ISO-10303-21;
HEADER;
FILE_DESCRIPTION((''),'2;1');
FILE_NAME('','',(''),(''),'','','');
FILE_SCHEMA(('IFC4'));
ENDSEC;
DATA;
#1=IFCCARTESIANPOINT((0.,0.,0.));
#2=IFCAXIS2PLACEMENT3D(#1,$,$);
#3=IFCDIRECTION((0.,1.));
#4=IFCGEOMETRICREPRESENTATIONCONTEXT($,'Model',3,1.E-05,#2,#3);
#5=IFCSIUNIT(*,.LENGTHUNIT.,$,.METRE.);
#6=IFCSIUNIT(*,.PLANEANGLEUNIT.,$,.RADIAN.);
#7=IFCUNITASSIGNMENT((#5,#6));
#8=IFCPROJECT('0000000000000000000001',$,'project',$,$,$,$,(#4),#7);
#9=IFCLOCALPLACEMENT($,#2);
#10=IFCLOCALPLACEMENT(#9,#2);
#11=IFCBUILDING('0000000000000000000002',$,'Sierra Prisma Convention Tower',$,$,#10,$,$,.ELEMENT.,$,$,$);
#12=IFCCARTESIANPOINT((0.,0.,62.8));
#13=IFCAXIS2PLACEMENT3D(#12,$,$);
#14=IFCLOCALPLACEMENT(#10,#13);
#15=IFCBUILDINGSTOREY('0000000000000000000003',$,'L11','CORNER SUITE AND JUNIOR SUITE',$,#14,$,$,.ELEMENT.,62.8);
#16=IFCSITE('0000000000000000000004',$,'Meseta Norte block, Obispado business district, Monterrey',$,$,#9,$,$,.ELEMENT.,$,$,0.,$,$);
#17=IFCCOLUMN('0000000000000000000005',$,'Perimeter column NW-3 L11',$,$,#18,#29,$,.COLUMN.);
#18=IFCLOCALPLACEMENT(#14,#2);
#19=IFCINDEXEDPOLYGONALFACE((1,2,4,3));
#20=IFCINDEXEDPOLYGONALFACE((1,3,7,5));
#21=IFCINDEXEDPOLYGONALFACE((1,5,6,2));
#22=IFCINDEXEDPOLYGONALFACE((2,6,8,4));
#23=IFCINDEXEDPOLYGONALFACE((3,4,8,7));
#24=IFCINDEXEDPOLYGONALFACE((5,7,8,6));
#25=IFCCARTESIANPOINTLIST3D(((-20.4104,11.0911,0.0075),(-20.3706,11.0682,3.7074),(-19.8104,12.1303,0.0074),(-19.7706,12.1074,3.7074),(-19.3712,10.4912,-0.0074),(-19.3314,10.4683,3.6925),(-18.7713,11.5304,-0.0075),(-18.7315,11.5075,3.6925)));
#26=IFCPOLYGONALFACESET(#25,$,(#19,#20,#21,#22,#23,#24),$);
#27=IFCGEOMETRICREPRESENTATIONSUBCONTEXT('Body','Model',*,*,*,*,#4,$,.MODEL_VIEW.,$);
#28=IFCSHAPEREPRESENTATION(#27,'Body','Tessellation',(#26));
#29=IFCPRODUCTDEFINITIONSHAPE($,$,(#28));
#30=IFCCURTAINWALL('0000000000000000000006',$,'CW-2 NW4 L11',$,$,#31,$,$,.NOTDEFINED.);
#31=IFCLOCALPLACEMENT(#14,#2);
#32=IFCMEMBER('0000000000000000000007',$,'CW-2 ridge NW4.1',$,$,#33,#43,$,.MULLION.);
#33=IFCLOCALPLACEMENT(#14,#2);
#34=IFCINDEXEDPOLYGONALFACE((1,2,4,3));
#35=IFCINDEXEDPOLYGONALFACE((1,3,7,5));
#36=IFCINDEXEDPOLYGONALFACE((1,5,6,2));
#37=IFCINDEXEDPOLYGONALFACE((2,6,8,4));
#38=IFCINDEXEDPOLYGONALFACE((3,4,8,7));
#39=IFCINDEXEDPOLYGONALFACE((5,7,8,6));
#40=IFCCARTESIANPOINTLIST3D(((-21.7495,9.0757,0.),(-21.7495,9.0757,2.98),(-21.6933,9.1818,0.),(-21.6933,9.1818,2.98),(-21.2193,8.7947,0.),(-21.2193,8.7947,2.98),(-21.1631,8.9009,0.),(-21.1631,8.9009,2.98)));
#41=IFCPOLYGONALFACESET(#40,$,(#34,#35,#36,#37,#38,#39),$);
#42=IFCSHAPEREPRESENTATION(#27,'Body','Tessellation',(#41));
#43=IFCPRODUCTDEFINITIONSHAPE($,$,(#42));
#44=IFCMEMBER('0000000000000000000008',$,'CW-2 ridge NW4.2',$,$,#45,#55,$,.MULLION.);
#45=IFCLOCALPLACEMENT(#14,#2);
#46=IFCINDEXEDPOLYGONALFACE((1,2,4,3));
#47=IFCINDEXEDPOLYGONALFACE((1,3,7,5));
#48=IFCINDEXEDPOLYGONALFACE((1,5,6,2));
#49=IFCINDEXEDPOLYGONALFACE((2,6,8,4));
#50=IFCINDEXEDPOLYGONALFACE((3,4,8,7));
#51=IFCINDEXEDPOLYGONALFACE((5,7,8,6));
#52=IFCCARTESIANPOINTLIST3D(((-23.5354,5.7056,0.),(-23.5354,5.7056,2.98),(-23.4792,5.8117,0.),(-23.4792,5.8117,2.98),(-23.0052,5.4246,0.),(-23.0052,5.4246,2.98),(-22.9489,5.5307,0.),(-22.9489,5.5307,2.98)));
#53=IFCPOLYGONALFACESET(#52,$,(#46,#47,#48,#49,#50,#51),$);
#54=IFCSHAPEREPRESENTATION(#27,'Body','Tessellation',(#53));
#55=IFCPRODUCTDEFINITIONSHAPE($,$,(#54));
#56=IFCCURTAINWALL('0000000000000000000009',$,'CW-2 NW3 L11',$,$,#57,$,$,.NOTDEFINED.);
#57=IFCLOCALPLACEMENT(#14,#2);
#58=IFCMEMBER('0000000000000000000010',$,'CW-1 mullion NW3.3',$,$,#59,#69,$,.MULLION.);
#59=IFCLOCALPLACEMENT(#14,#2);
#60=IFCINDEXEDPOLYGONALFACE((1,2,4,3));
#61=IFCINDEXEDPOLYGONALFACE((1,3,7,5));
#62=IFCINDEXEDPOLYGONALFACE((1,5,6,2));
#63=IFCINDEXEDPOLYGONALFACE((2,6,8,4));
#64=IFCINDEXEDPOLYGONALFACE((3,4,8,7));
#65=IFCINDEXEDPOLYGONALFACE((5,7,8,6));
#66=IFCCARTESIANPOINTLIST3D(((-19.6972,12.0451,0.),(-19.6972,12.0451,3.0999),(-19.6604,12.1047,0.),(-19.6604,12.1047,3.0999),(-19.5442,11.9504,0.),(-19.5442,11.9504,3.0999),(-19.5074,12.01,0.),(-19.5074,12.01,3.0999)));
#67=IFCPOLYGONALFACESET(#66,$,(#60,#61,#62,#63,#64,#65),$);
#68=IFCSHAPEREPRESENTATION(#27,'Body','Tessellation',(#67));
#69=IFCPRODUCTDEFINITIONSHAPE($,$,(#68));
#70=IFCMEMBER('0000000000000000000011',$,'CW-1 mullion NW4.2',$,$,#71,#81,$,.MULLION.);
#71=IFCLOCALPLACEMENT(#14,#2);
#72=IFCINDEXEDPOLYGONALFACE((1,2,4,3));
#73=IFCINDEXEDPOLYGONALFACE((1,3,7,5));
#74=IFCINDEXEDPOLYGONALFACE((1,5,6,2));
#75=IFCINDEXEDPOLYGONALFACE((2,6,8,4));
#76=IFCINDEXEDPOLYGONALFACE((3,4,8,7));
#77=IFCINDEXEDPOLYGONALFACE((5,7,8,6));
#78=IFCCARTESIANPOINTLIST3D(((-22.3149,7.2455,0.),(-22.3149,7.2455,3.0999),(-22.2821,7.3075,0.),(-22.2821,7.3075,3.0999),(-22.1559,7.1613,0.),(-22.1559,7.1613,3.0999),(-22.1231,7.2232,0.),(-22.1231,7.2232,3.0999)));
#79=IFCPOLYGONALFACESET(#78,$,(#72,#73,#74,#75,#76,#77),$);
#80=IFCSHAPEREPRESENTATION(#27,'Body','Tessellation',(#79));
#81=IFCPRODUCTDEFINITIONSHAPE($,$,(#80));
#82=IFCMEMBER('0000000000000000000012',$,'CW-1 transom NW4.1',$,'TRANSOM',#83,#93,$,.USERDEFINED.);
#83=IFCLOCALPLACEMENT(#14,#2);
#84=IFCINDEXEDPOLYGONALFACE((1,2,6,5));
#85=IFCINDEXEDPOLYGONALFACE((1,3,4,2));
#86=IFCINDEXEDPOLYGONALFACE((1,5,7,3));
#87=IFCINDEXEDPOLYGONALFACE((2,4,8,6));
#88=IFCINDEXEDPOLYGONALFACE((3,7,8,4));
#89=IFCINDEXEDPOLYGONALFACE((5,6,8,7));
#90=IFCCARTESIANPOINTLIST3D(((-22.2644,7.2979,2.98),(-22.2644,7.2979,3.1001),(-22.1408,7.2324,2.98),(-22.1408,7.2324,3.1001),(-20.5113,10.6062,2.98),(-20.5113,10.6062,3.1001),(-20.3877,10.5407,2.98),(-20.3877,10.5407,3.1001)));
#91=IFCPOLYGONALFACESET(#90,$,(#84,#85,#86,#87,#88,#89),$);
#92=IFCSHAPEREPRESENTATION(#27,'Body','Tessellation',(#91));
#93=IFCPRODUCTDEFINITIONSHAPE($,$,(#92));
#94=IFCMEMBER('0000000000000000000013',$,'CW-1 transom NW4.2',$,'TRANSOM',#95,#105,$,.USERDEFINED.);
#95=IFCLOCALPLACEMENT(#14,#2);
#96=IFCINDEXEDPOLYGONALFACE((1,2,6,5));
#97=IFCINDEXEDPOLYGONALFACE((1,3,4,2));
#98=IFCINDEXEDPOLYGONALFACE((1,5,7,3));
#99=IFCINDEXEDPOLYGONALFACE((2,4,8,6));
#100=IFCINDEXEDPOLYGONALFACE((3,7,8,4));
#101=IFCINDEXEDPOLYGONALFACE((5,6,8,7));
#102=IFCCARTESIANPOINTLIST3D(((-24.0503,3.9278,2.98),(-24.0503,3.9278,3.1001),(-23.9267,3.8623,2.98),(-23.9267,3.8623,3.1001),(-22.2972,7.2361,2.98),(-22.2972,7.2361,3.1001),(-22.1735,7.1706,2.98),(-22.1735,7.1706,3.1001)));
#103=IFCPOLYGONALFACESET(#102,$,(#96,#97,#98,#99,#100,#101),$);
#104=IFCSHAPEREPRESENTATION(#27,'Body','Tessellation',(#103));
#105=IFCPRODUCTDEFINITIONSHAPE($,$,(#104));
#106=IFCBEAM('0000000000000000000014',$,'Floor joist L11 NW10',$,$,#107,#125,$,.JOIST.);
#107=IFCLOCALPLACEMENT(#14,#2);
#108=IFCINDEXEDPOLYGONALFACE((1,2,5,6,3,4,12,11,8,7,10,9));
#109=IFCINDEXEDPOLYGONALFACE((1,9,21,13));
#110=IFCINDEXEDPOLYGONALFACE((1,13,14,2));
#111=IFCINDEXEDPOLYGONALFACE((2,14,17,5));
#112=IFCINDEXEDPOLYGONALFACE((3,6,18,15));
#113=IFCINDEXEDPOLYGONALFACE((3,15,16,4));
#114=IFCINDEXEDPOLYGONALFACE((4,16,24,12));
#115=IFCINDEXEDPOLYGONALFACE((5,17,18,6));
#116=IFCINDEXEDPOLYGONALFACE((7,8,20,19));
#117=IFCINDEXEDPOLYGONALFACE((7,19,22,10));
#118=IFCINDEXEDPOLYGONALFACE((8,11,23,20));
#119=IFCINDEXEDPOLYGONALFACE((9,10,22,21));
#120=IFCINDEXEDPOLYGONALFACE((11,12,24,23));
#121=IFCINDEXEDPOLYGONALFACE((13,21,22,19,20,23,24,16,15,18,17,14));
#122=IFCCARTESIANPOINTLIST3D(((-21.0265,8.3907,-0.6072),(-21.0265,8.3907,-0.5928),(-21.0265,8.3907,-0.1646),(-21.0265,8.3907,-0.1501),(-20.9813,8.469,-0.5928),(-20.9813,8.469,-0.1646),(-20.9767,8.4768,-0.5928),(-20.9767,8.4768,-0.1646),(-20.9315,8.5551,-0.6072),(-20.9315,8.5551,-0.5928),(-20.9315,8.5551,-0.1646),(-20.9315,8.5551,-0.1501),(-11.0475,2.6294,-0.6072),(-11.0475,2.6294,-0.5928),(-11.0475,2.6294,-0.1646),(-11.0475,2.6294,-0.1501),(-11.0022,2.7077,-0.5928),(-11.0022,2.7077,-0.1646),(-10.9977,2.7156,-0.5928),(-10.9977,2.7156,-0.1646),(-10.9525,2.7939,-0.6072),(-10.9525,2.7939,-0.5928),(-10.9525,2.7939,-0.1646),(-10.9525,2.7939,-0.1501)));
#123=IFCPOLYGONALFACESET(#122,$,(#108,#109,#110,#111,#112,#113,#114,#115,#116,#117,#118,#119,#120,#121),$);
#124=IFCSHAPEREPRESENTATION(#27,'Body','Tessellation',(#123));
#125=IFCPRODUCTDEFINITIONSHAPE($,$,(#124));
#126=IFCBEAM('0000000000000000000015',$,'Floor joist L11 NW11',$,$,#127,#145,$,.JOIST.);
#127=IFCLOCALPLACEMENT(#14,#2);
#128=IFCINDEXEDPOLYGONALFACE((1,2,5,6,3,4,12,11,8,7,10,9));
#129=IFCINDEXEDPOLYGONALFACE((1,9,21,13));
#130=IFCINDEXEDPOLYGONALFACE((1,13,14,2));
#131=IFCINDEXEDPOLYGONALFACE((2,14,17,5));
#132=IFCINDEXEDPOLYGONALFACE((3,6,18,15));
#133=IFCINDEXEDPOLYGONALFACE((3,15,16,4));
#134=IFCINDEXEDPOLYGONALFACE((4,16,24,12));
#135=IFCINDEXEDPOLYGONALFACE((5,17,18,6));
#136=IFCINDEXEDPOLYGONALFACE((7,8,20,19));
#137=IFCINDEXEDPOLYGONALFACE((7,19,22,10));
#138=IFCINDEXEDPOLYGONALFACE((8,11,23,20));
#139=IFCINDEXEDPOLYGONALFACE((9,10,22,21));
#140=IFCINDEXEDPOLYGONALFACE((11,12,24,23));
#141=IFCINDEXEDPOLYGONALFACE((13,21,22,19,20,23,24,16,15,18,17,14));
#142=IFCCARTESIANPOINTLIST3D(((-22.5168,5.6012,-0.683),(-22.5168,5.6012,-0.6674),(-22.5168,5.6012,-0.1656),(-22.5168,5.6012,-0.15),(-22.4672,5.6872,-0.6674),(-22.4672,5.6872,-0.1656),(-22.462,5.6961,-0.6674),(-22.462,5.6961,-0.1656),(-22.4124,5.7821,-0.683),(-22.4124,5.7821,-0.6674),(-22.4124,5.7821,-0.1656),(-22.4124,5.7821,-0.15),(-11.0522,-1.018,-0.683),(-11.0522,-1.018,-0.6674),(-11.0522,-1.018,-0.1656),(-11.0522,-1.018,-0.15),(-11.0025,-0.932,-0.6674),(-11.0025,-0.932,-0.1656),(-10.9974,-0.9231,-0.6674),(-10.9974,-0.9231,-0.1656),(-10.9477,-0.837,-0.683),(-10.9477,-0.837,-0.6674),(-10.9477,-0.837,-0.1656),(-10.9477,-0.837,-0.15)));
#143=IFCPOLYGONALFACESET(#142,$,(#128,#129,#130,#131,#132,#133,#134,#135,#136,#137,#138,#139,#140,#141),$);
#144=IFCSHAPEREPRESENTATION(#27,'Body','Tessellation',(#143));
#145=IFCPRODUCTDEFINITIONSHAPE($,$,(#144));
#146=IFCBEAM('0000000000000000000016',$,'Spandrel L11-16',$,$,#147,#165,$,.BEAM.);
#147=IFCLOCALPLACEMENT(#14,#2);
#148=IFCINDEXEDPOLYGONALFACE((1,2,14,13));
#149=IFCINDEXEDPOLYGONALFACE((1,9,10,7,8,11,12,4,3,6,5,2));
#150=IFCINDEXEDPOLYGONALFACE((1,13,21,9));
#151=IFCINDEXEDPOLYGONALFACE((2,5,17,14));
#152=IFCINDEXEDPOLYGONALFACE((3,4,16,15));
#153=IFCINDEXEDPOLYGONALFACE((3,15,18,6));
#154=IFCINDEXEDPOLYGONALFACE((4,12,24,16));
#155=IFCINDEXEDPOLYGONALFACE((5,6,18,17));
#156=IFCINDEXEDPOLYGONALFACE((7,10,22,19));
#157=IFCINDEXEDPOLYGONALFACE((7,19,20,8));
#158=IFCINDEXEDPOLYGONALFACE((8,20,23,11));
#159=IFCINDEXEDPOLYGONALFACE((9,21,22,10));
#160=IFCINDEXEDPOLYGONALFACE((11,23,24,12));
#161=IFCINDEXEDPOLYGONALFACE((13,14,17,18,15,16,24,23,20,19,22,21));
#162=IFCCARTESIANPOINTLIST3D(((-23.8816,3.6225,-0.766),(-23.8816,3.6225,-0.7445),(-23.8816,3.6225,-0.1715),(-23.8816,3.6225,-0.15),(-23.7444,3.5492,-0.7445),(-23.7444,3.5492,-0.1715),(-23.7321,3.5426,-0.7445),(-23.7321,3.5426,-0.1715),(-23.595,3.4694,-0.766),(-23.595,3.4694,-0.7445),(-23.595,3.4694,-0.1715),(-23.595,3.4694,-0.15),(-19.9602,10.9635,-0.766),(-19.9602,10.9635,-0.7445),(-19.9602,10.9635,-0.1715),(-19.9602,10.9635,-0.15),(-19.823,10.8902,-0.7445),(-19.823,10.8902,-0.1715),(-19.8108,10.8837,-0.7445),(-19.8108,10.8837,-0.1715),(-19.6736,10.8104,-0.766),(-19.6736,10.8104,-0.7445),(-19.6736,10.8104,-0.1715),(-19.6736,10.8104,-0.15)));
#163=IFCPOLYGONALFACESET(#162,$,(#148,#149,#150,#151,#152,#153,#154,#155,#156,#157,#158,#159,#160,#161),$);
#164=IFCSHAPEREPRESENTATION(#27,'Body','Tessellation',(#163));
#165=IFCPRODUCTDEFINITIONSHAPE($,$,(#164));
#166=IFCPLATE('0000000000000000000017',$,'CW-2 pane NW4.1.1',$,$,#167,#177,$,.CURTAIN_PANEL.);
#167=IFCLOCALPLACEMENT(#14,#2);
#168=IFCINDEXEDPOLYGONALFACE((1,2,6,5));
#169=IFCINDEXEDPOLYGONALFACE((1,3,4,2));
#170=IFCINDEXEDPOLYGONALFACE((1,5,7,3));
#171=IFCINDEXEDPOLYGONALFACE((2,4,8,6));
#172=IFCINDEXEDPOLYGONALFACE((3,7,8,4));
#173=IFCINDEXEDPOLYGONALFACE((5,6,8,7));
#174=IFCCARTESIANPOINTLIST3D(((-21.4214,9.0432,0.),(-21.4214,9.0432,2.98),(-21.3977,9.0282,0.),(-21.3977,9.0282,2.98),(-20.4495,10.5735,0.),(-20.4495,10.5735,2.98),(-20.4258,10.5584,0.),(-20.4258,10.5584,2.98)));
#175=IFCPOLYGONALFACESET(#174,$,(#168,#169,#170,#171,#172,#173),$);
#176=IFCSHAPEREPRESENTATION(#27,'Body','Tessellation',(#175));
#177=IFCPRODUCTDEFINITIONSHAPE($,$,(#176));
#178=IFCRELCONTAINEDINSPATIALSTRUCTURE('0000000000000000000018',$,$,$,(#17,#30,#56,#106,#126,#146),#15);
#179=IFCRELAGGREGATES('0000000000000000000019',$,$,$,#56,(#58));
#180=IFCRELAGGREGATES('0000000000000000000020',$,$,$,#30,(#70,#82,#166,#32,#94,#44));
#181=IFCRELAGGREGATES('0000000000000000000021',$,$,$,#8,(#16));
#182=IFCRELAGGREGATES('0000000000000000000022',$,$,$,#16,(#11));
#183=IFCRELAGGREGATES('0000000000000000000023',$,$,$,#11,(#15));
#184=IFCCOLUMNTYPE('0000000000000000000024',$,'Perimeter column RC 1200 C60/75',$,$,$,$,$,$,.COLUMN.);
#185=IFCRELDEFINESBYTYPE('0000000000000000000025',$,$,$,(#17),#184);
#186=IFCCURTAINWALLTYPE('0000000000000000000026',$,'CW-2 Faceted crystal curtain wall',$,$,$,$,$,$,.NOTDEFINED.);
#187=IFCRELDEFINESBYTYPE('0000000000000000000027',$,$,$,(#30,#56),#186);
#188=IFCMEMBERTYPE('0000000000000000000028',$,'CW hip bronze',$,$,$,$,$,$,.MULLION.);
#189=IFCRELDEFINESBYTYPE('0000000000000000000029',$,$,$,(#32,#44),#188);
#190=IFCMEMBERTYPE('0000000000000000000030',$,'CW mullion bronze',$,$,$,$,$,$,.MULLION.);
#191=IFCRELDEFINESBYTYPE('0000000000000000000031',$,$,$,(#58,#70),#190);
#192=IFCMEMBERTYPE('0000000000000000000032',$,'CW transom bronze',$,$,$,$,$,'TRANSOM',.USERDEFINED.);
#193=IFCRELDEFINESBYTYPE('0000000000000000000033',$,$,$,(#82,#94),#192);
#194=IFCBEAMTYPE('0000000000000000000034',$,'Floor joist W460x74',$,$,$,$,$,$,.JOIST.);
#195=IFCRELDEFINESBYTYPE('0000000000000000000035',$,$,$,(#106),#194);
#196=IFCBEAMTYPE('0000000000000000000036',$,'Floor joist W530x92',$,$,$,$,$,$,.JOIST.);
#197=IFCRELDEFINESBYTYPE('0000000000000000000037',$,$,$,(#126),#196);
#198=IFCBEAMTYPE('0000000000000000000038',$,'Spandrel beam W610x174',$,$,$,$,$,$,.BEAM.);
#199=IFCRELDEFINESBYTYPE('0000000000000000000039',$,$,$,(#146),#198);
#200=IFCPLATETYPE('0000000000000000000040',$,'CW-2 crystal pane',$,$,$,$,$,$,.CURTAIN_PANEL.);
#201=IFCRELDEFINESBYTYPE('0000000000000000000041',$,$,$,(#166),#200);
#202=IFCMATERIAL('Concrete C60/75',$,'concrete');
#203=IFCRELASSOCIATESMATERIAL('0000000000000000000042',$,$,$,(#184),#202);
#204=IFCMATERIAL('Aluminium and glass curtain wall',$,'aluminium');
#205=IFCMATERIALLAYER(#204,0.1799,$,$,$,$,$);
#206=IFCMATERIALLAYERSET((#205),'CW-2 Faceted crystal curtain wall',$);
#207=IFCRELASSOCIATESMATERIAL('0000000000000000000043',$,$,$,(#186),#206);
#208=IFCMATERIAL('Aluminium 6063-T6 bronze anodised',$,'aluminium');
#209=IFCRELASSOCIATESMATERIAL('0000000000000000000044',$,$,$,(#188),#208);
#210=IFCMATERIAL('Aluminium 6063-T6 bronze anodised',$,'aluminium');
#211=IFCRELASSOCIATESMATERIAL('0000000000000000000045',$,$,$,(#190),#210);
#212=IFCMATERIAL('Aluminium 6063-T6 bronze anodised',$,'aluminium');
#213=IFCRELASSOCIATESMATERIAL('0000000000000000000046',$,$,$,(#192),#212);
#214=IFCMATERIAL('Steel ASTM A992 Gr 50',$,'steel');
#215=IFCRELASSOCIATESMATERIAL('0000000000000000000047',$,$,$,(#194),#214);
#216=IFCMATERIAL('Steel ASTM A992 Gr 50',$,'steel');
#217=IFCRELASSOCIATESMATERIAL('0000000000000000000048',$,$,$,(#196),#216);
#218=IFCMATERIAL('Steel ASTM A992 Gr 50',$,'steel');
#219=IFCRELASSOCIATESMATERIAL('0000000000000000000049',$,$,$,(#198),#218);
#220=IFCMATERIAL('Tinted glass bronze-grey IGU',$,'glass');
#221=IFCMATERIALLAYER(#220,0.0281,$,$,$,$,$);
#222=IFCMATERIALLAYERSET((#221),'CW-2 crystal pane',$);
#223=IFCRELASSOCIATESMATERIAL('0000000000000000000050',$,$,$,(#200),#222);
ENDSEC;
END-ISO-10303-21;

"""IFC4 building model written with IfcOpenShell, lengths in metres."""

from ifc_helpers import new_model, si_unit, direction, frame, origin, origin_2d, place, context, subcontext, project, spatial, polyline, rectangle, i_section, outline, extrude, material, layer, layer_set, material_profile, profile_set, type_object, element, aggregate, save


model = new_model("IFC4")

# Units and contexts
model_context = context("Model", 3, precision=1e-05, world=origin(), true_north=direction((0.0, 1.0)))
body_context = subcontext(model_context, "Body", "Model", "MODEL_VIEW")
ifc_project = project(units=[si_unit("LENGTHUNIT", "METRE"), si_unit("PLANEANGLEUNIT", "RADIAN")], contexts=[model_context])

# Site, building, storey
site_placement = place(None, origin())
site = spatial("IfcSite", under=ifc_project, at=site_placement, Name="Meseta Norte block, Obispado business district, Monterrey", CompositionType="ELEMENT", RefElevation=0.0)
building_placement = place(site_placement, origin())
building = spatial("IfcBuilding", under=site, at=building_placement, Name="Sierra Prisma Convention Tower", CompositionType="ELEMENT")
storey_placement = place(building_placement, frame((0.0, 0.0, 62.8)))
storey = spatial("IfcBuildingStorey", under=building, at=storey_placement, Name="L11", Description="CORNER SUITE AND JUNIOR SUITE", CompositionType="ELEMENT", Elevation=62.8)

# Column
ifc_material_1 = material(Name="Concrete C60/75", Category="concrete")
ifc_material_profile_1 = material_profile(ifc_material_1, rectangle(XDim=1.2, YDim=1.2, at=origin_2d()), Name="Perimeter column RC 1200 C60/75")
ifc_profile_set_1 = profile_set([ifc_material_profile_1], Name="Concrete C60/75")
column_type = type_object("IfcColumnType", Name="Perimeter column RC 1200 C60/75", PredefinedType="COLUMN", material=ifc_profile_set_1)
column_placement = place(storey_placement, frame((-19.5908, 11.3108, 0.0), z_axis=(0.010755, -0.006202, 0.999923), x_axis=(0.499971, 0.866042, -0.000006)))
element("IfcColumn", 1, at=column_placement, inside=storey, type_object=column_type, Name="Perimeter column NW-3 L11", PredefinedType="COLUMN", context=body_context, shape_type="SweptSolid", body=[
    extrude(rectangle(XDim=1.2, YDim=1.2, at=origin_2d()), origin(), (0.0, 0.0, 1.0), 3.7002),
])

# Curtain wall, members
ifc_material_2 = material(Name="Aluminium and glass curtain wall", Category="aluminium")
ifc_layer_1 = layer(ifc_material_2, 0.1799)
ifc_layer_set_1 = layer_set([ifc_layer_1], Name="CW-2 Faceted crystal curtain wall")
curtain_wall_type = type_object("IfcCurtainWallType", Name="CW-2 Faceted crystal curtain wall", PredefinedType="NOTDEFINED", material=ifc_layer_set_1)
curtain_wall_1_placement = place(storey_placement, origin())
curtain_wall_1 = element("IfcCurtainWall", 2, at=curtain_wall_1_placement, inside=storey, type_object=curtain_wall_type, Name="CW-2 NW4 L11", PredefinedType="NOTDEFINED")
ifc_material_3 = material(Name="Aluminium 6063-T6 bronze anodised", Category="aluminium")
ifc_material_profile_2 = material_profile(ifc_material_3, rectangle(XDim=0.1201, YDim=0.6001, at=origin_2d()), Name="ALU RIDGE BLADE 120x600")
ifc_profile_set_2 = profile_set([ifc_material_profile_2], Name="Aluminium 6063-T6 bronze anodised")
member_type_1 = type_object("IfcMemberType", Name="CW hip bronze", PredefinedType="MULLION", material=ifc_profile_set_2)
member_1_placement = place(storey_placement, frame((-21.4563, 8.9883, 0.0), z_axis=(0.0, 0.0, 1.0), x_axis=(-0.468233, -0.883605, 0.0)))
member_1 = element("IfcMember", 3, at=member_1_placement, type_object=member_type_1, Name="CW-2 ridge NW4.1", PredefinedType="MULLION", context=body_context, shape_type="SweptSolid", body=[
    extrude(rectangle(XDim=0.1201, YDim=0.6001, at=origin_2d()), origin(), (0.0, 0.0, 1.0), 2.98),
])
member_2_placement = place(storey_placement, frame((-23.2422, 5.6182, 0.0), z_axis=(0.0, 0.0, 1.0), x_axis=(-0.468233, -0.883605, 0.0)))
member_2 = element("IfcMember", 4, at=member_2_placement, type_object=member_type_1, Name="CW-2 ridge NW4.2", PredefinedType="MULLION", context=body_context, shape_type="SweptSolid", body=[
    extrude(rectangle(XDim=0.1201, YDim=0.6001, at=origin_2d()), origin(), (0.0, 0.0, 1.0), 2.98),
])

# Curtain wall, member
curtain_wall_2_placement = place(storey_placement, origin())
curtain_wall_2 = element("IfcCurtainWall", 5, at=curtain_wall_2_placement, inside=storey, type_object=curtain_wall_type, Name="CW-2 NW3 L11", PredefinedType="NOTDEFINED")
ifc_material_4 = material(Name="Aluminium 6063-T6 bronze anodised", Category="aluminium")
ifc_material_profile_3 = material_profile(ifc_material_4, rectangle(XDim=0.1799, YDim=0.0701, at=origin_2d()), Name="ALU MULLION 70x180")
ifc_profile_set_3 = profile_set([ifc_material_profile_3], Name="Aluminium 6063-T6 bronze anodised")
member_type_2 = type_object("IfcMemberType", Name="CW mullion bronze", PredefinedType="MULLION", material=ifc_profile_set_3)
member_3_placement = place(storey_placement, frame((-19.6023, 12.0276, 0.0), z_axis=(0.0, 0.0, 1.0), x_axis=(0.85029, -0.526314, 0.0)))
member_3 = element("IfcMember", 6, at=member_3_placement, type_object=member_type_2, Name="CW-1 mullion NW3.3", PredefinedType="MULLION", context=body_context, shape_type="SweptSolid", body=[
    extrude(rectangle(XDim=0.1799, YDim=0.0701, at=origin_2d()), origin(), (0.0, 0.0, 1.0), 3.0999),
])
aggregate(curtain_wall_2, [member_3])

# Members
member_4_placement = place(storey_placement, frame((-22.219, 7.2344, 0.0), z_axis=(0.0, 0.0, 1.0), x_axis=(0.883605, -0.468233, 0.0)))
member_4 = element("IfcMember", 7, at=member_4_placement, type_object=member_type_2, Name="CW-1 mullion NW4.2", PredefinedType="MULLION", context=body_context, shape_type="SweptSolid", body=[
    extrude(rectangle(XDim=0.1799, YDim=0.0701, at=origin_2d()), origin(), (0.0, 0.0, 1.0), 3.0999),
])
ifc_material_5 = material(Name="Aluminium 6063-T6 bronze anodised", Category="aluminium")
ifc_material_profile_4 = material_profile(ifc_material_5, rectangle(XDim=0.1399, YDim=0.1201, at=origin_2d()), Name="ALU TRANSOM 120x140")
ifc_profile_set_4 = profile_set([ifc_material_profile_4], Name="Aluminium 6063-T6 bronze anodised")
member_type_3 = type_object("IfcMemberType", Name="CW transom bronze", ElementType="TRANSOM", PredefinedType="USERDEFINED", material=ifc_profile_set_4)
member_5_placement = place(storey_placement, frame((-20.4495, 10.5735, 3.04), z_axis=(-0.468241, -0.883601, 0.0), x_axis=(0.883601, -0.468241, 0.0)))
member_5 = element("IfcMember", 8, at=member_5_placement, type_object=member_type_3, Name="CW-1 transom NW4.1", ObjectType="TRANSOM", PredefinedType="USERDEFINED", context=body_context, shape_type="SweptSolid", body=[
    extrude(rectangle(XDim=0.1399, YDim=0.1201, at=origin_2d()), origin(), (0.0, 0.0, 1.0), 3.7441),
])
member_6_placement = place(storey_placement, frame((-22.2354, 7.2034, 3.04), z_axis=(-0.468241, -0.883601, 0.0), x_axis=(0.883601, -0.468241, 0.0)))
member_6 = element("IfcMember", 9, at=member_6_placement, type_object=member_type_3, Name="CW-1 transom NW4.2", ObjectType="TRANSOM", PredefinedType="USERDEFINED", context=body_context, shape_type="SweptSolid", body=[
    extrude(rectangle(XDim=0.1399, YDim=0.1201, at=origin_2d()), origin(), (0.0, 0.0, 1.0), 3.7441),
])

# Beams
ifc_material_6 = material(Name="Steel ASTM A992 Gr 50", Category="steel")
ifc_material_profile_5 = material_profile(ifc_material_6, i_section(OverallWidth=0.1899, OverallDepth=0.457, WebThickness=0.009, FlangeThickness=0.0144, at=origin_2d()), Name="W460x74")
ifc_profile_set_5 = profile_set([ifc_material_profile_5], Name="Steel ASTM A992 Gr 50")
beam_type_1 = type_object("IfcBeamType", Name="Floor joist W460x74", PredefinedType="JOIST", material=ifc_profile_set_5)
beam_1_placement = place(storey_placement, frame((-20.979, 8.4729, -0.3787), z_axis=(0.866031, -0.49999, 0.0), x_axis=(0.49999, 0.866031, 0.0)))
element("IfcBeam", 10, at=beam_1_placement, inside=storey, type_object=beam_type_1, Name="Floor joist L11 NW10", PredefinedType="JOIST", context=body_context, shape_type="SweptSolid", body=[
    extrude(i_section(OverallWidth=0.1899, OverallDepth=0.457, WebThickness=0.009, FlangeThickness=0.0144, at=origin_2d()), origin(), (0.0, 0.0, 1.0), 11.5227),
])
ifc_material_7 = material(Name="Steel ASTM A992 Gr 50", Category="steel")
ifc_material_profile_6 = material_profile(ifc_material_7, i_section(OverallWidth=0.209, OverallDepth=0.533, WebThickness=0.0103, FlangeThickness=0.0156, at=origin_2d()), Name="W530x92")
ifc_profile_set_6 = profile_set([ifc_material_profile_6], Name="Steel ASTM A992 Gr 50")
beam_type_2 = type_object("IfcBeamType", Name="Floor joist W530x92", PredefinedType="JOIST", material=ifc_profile_set_6)
beam_2_placement = place(storey_placement, frame((-22.4646, 5.6917, -0.4165), z_axis=(0.866024, -0.500003, 0.0), x_axis=(0.500003, 0.866024, 0.0)))
element("IfcBeam", 11, at=beam_2_placement, inside=storey, type_object=beam_type_2, Name="Floor joist L11 NW11", PredefinedType="JOIST", context=body_context, shape_type="SweptSolid", body=[
    extrude(i_section(OverallWidth=0.209, OverallDepth=0.533, WebThickness=0.0103, FlangeThickness=0.0156, at=origin_2d()), origin(), (0.0, 0.0, 1.0), 13.2383),
])
ifc_material_8 = material(Name="Steel ASTM A992 Gr 50", Category="steel")
ifc_material_profile_7 = material_profile(ifc_material_8, i_section(OverallWidth=0.325, OverallDepth=0.616, WebThickness=0.0139, FlangeThickness=0.0215, at=origin_2d()), Name="W610x174")
ifc_profile_set_7 = profile_set([ifc_material_profile_7], Name="Steel ASTM A992 Gr 50")
beam_type_3 = type_object("IfcBeamType", Name="Spandrel beam W610x174", PredefinedType="BEAM", material=ifc_profile_set_7)
beam_3_placement = place(storey_placement, frame((-19.8169, 10.887, -0.458), z_axis=(-0.471164, -0.882046, 0.0), x_axis=(0.882046, -0.471164, 0.0)))
element("IfcBeam", 12, at=beam_3_placement, inside=storey, type_object=beam_type_3, Name="Spandrel L11-16", PredefinedType="BEAM", context=body_context, shape_type="SweptSolid", body=[
    extrude(i_section(OverallWidth=0.325, OverallDepth=0.616, WebThickness=0.0139, FlangeThickness=0.0215, at=origin_2d()), origin(), (0.0, 0.0, 1.0), 8.3228),
])

# Plate
ifc_material_9 = material(Name="Tinted glass bronze-grey IGU", Category="glass")
ifc_layer_2 = layer(ifc_material_9, 0.0281)
ifc_layer_set_2 = layer_set([ifc_layer_2], Name="CW-2 crystal pane")
plate_type = type_object("IfcPlateType", Name="CW-2 crystal pane", PredefinedType="CURTAIN_PANEL", material=ifc_layer_set_2)
plate_1_placement = place(storey_placement, frame((-20.4495, 10.5735, 0.0), z_axis=(-0.844133, 0.536135, 0.0), x_axis=(-0.536135, -0.844133, 0.0)))
plate_1 = element("IfcPlate", 13, at=plate_1_placement, type_object=plate_type, Name="CW-2 pane NW4.1.1", PredefinedType="CURTAIN_PANEL", context=body_context, shape_type="SweptSolid", body=[
    extrude(outline(polyline([(0.0, 0.0), (1.8128, 0.0), (1.8128, 2.98), (0.0, 2.98), (0.0, 0.0)])), origin(), (0.0, 0.0, -1.0), 0.0281),
])
aggregate(curtain_wall_1, [member_4, member_5, plate_1, member_1, member_6, member_2])

save(model, "model.ifc")
